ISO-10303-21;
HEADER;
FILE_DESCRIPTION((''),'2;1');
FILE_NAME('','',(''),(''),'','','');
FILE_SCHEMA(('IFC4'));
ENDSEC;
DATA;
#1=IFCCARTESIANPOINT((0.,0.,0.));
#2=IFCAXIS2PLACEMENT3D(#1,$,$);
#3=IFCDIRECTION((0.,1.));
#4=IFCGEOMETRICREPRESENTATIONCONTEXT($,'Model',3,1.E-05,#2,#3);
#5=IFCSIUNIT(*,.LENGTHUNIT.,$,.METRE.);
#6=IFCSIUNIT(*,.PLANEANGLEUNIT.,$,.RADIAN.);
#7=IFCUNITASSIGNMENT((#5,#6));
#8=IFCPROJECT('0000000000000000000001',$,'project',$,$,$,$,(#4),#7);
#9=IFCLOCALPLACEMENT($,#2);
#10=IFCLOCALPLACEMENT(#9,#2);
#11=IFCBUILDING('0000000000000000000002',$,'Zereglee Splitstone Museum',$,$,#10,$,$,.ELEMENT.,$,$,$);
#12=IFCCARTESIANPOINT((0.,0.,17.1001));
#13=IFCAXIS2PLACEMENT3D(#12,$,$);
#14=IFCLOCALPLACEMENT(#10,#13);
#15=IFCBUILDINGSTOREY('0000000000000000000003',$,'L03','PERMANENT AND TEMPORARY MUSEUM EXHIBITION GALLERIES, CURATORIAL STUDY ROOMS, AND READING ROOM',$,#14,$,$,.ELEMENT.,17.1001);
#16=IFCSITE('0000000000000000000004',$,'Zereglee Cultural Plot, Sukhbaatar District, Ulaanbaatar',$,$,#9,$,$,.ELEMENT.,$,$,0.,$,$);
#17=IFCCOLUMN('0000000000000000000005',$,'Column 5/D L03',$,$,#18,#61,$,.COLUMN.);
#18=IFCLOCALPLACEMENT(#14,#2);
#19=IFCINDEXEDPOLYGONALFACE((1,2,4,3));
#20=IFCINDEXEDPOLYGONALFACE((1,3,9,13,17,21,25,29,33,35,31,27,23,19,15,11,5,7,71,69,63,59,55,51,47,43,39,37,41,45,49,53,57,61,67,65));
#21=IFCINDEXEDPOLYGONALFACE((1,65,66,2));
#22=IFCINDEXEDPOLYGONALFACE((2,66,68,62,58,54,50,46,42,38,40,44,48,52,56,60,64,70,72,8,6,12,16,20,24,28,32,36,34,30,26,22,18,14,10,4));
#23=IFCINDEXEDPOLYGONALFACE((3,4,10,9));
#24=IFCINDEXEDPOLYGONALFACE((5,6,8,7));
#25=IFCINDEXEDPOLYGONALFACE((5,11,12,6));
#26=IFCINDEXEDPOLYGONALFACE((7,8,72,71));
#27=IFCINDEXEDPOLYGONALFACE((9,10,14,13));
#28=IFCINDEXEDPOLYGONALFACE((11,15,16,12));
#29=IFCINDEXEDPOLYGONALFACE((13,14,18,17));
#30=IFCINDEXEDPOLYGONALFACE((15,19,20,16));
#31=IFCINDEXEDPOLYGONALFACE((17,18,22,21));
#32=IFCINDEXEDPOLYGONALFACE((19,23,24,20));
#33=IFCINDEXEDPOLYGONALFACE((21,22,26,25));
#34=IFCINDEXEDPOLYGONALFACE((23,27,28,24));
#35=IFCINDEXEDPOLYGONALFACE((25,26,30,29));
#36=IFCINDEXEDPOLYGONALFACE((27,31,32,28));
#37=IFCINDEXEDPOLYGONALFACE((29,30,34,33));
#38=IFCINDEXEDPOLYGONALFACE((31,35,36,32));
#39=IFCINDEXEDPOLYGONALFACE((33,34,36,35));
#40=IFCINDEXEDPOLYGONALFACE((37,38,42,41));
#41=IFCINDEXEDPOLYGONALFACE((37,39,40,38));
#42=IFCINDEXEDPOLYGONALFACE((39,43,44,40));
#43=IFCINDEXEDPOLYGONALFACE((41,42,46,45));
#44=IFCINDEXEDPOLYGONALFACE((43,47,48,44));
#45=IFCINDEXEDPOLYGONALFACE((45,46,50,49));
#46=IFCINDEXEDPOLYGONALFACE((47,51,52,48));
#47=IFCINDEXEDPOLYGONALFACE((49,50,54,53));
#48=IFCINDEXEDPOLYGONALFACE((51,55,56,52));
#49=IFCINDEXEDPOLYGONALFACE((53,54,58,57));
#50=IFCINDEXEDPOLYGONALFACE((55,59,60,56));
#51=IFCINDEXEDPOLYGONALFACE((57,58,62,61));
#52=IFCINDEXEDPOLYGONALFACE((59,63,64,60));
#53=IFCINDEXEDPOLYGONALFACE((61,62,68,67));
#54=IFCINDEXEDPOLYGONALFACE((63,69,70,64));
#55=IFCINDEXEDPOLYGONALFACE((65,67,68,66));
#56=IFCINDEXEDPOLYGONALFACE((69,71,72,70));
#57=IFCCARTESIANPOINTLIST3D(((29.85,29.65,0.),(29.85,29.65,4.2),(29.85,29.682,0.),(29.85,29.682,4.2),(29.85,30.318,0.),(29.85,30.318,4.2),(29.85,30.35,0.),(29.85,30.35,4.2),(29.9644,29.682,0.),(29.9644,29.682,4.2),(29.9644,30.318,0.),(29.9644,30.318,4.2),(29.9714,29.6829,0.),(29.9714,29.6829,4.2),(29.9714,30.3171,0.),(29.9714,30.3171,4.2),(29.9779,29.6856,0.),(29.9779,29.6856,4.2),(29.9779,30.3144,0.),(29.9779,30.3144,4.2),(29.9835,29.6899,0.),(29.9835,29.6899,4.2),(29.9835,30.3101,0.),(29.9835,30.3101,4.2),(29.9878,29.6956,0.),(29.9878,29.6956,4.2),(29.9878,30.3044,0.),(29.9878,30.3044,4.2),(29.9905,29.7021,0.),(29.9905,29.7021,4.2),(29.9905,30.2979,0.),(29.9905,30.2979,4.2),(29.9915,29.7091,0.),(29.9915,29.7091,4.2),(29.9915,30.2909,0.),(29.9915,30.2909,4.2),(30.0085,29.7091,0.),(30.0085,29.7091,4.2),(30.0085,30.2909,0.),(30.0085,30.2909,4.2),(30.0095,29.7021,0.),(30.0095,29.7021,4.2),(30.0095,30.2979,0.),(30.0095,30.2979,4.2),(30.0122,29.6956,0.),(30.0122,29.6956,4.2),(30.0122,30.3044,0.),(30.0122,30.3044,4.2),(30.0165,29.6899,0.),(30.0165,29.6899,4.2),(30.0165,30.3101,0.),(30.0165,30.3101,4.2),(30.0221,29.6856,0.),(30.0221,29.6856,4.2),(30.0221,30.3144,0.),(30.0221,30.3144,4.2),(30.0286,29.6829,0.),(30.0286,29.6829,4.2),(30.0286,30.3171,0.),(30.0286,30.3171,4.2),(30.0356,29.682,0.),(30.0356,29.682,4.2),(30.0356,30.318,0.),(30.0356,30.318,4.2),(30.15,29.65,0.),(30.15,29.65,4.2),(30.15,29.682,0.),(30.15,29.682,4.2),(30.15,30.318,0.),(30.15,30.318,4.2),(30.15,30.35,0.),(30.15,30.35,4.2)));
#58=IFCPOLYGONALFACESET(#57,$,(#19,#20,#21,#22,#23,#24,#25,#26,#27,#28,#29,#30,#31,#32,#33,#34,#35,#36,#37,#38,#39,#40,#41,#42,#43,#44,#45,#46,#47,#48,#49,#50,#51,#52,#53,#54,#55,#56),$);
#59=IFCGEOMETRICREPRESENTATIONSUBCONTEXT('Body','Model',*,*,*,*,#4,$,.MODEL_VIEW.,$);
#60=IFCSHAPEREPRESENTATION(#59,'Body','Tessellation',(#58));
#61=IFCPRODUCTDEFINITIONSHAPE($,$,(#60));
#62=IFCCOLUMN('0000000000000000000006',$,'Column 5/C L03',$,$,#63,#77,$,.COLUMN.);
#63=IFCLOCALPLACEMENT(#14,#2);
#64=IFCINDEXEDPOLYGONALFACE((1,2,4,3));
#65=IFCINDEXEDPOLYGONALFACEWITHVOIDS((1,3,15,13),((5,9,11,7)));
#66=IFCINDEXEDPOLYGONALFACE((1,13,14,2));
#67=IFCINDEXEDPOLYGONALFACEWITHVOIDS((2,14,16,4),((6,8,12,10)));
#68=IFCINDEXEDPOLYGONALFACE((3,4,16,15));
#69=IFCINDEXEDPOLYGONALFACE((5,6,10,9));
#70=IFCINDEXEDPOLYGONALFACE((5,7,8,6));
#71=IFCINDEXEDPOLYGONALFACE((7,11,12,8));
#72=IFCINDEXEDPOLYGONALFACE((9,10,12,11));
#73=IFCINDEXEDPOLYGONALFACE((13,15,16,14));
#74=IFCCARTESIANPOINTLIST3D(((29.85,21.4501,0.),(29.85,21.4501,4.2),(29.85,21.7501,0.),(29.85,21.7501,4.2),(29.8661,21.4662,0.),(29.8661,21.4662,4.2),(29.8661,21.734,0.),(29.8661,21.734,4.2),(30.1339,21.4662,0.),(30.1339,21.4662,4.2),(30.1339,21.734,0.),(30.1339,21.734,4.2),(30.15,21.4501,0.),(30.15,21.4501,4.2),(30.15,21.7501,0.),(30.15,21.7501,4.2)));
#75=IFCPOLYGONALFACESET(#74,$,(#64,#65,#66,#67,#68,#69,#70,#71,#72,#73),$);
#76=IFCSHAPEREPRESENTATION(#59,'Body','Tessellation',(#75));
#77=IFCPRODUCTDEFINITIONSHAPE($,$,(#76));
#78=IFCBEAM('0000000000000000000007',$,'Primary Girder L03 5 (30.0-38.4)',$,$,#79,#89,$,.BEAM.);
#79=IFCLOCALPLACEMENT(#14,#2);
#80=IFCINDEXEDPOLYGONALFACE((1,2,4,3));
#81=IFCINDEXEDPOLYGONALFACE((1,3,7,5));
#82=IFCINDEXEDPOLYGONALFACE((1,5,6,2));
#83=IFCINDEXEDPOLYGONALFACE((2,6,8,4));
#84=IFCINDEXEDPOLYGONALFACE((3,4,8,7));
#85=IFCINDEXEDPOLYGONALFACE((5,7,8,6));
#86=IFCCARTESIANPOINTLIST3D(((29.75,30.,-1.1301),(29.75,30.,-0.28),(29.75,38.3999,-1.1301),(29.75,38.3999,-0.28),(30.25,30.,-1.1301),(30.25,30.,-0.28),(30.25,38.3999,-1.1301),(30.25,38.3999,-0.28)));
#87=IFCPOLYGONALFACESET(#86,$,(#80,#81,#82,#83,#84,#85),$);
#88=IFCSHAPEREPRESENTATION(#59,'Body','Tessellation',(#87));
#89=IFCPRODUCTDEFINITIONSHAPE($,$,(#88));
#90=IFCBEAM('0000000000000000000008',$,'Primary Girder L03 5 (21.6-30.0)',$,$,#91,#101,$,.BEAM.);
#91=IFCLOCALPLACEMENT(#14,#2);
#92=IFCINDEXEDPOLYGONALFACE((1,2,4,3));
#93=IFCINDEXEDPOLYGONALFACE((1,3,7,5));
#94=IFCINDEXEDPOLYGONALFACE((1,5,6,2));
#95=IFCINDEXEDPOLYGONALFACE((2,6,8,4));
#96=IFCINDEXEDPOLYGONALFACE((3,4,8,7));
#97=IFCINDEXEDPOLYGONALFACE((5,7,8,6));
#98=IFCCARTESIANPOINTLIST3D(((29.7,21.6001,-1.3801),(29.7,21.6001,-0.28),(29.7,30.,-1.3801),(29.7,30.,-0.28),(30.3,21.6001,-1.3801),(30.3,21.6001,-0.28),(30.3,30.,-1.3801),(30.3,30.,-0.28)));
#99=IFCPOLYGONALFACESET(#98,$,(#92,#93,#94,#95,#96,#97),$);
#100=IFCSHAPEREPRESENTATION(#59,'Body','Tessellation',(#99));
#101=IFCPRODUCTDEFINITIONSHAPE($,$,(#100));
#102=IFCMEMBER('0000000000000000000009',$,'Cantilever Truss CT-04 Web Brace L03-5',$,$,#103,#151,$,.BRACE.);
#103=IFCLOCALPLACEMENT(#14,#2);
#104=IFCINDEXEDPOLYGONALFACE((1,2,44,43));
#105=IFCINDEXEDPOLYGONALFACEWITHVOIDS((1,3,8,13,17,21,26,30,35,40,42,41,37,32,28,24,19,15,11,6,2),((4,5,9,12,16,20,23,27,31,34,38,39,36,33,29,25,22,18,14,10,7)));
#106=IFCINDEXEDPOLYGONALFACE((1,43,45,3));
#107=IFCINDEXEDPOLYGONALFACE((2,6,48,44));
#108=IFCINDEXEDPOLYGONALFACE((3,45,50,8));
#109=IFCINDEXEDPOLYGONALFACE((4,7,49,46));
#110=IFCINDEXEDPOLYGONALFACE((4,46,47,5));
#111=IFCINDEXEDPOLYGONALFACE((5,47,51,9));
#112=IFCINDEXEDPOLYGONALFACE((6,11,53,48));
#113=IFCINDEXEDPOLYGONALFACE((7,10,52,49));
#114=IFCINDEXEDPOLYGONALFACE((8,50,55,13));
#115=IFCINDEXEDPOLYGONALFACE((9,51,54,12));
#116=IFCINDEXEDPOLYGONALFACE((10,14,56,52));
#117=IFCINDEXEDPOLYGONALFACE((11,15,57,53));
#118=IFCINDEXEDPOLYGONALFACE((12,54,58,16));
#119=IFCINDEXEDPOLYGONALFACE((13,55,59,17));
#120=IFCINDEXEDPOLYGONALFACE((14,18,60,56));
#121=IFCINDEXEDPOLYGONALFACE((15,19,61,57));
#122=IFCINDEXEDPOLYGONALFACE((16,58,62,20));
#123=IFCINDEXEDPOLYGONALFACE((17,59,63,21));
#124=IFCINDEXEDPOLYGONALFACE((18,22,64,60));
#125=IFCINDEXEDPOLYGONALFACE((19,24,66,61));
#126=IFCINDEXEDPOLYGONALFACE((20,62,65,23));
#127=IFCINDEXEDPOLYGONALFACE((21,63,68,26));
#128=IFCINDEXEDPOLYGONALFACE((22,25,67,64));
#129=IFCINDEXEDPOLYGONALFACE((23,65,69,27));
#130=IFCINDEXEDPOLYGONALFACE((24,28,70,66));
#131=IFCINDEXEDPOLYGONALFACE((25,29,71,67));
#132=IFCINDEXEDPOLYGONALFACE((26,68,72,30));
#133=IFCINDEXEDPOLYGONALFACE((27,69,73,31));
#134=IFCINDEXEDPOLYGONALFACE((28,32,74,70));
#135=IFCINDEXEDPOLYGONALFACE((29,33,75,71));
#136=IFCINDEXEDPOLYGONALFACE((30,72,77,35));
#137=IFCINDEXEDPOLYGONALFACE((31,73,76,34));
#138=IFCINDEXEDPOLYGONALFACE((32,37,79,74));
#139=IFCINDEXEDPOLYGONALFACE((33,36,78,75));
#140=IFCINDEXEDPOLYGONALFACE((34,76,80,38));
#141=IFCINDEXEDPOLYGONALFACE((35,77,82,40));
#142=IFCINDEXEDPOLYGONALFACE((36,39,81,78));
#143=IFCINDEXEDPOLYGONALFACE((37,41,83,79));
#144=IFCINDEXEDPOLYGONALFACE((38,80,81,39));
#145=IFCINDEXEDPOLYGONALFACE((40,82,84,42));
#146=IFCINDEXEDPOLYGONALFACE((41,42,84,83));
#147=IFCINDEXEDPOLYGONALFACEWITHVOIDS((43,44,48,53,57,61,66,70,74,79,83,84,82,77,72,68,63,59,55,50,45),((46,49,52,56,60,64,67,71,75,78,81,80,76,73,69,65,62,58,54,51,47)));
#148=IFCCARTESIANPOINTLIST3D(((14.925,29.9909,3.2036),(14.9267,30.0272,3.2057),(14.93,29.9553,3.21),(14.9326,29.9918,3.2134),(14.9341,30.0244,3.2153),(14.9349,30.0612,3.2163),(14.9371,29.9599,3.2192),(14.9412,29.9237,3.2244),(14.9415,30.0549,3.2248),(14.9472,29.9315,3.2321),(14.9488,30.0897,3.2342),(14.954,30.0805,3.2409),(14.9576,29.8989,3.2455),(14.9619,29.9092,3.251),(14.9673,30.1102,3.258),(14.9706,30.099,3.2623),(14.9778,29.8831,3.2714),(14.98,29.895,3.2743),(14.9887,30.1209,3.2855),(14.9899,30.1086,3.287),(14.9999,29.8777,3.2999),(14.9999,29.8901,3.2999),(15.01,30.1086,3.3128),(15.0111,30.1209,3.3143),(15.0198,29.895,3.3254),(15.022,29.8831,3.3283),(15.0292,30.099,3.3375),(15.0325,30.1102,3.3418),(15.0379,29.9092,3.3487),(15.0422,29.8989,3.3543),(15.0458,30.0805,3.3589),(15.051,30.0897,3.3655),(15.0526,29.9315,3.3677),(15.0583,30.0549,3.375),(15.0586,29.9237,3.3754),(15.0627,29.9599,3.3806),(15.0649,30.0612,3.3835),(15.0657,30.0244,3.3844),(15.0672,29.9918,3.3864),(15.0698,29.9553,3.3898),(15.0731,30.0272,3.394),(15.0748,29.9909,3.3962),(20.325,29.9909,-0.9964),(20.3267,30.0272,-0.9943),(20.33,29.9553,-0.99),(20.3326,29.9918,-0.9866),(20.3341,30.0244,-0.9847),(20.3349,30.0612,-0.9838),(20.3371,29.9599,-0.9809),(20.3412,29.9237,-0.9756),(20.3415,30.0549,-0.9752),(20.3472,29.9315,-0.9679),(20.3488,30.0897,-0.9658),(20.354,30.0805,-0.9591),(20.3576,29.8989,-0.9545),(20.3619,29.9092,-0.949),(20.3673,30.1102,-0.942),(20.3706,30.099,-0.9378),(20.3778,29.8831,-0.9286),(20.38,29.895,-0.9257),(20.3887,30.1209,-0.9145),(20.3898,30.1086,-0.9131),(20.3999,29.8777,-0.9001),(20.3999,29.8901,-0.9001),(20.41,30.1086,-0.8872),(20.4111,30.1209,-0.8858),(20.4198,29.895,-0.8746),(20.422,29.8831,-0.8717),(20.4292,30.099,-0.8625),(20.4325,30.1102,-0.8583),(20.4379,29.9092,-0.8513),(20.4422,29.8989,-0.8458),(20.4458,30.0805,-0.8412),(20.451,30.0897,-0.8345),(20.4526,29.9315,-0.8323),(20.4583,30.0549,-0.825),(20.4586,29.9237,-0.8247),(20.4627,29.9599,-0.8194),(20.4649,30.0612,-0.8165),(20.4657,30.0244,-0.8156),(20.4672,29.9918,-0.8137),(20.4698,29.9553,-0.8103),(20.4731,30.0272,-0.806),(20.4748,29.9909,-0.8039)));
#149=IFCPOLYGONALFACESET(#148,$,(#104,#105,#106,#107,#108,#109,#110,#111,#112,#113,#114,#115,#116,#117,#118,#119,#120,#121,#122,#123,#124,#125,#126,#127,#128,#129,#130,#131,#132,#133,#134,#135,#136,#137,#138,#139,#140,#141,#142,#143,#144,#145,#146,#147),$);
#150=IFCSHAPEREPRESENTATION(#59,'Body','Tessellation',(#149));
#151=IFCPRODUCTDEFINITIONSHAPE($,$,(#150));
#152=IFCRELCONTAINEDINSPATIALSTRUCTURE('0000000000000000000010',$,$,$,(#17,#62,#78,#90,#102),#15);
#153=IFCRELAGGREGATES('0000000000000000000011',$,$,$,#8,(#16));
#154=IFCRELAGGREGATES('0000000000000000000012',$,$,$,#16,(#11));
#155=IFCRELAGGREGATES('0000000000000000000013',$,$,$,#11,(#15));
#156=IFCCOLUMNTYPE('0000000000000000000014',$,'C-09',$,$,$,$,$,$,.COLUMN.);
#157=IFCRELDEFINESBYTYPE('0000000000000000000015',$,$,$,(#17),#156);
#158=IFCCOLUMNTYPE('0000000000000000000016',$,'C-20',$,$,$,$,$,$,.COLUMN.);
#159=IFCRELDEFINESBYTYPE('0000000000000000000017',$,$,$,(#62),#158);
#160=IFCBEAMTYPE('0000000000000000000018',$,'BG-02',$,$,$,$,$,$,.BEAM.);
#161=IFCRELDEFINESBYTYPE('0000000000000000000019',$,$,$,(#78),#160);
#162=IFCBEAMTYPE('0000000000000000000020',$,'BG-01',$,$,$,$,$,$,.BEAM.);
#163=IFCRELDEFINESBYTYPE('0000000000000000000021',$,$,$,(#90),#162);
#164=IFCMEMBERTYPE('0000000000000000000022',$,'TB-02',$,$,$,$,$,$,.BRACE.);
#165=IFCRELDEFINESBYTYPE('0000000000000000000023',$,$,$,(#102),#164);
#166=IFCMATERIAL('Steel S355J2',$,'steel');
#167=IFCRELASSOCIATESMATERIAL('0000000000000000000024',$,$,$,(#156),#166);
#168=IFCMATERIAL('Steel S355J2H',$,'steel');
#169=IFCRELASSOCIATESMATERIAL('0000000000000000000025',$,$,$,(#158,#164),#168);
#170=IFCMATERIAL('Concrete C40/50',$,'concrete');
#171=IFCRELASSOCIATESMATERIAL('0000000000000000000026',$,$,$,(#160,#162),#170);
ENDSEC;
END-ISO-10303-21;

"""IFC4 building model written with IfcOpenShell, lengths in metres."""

from ifc_helpers import new_model, si_unit, direction, frame, origin, origin_2d, place, context, subcontext, project, spatial, rectangle, hollow_rectangle, hollow_circle, i_section, extrude, material, material_profile, profile_set, type_object, element, save


model = new_model("IFC4")

# Units and contexts
model_context = context("Model", 3, precision=1e-05, world=origin(), true_north=direction((0.0, 1.0)))
body_context = subcontext(model_context, "Body", "Model", "MODEL_VIEW")
ifc_project = project(units=[si_unit("LENGTHUNIT", "METRE"), si_unit("PLANEANGLEUNIT", "RADIAN")], contexts=[model_context])

# Site, building, storey
site_placement = place(None, origin())
site = spatial("IfcSite", under=ifc_project, at=site_placement, Name="Zereglee Cultural Plot, Sukhbaatar District, Ulaanbaatar", CompositionType="ELEMENT", RefElevation=0.0)
building_placement = place(site_placement, origin())
building = spatial("IfcBuilding", under=site, at=building_placement, Name="Zereglee Splitstone Museum", CompositionType="ELEMENT")
storey_placement = place(building_placement, frame((0.0, 0.0, 17.1001)))
storey = spatial("IfcBuildingStorey", under=building, at=storey_placement, Name="L03", Description="PERMANENT AND TEMPORARY MUSEUM EXHIBITION GALLERIES, CURATORIAL STUDY ROOMS, AND READING ROOM", CompositionType="ELEMENT", Elevation=17.1001)

# Columns
ifc_material_1 = material(Name="Steel S355J2", Category="steel")
ifc_material_profile_1 = material_profile(ifc_material_1, i_section(OverallWidth=0.3, OverallDepth=0.7, WebThickness=0.0171, FlangeThickness=0.032, FilletRadius=0.0271, at=origin_2d()), Name="HE 700 B")
ifc_profile_set_1 = profile_set([ifc_material_profile_1], Name="Steel S355J2")
column_type_1 = type_object("IfcColumnType", Name="C-09", PredefinedType="COLUMN", material=ifc_profile_set_1)
column_1_placement = place(storey_placement, frame((30.0, 30.0, 0.0), z_axis=(0.0, 0.0, 1.0), x_axis=(1.0, 0.0, 0.0)))
element("IfcColumn", 1, at=column_1_placement, inside=storey, type_object=column_type_1, Name="Column 5/D L03", PredefinedType="COLUMN", context=body_context, shape_type="SweptSolid", body=[
    extrude(i_section(OverallWidth=0.3, OverallDepth=0.7, WebThickness=0.0171, FlangeThickness=0.032, FilletRadius=0.0271, at=origin_2d()), origin(), (0.0, 0.0, 1.0), 4.2),
])
ifc_material_2 = material(Name="Steel S355J2H", Category="steel")
ifc_material_profile_2 = material_profile(ifc_material_2, hollow_rectangle(XDim=0.3, YDim=0.3, WallThickness=0.0161, at=origin_2d()), Name="SHS 300x300x16")
ifc_profile_set_2 = profile_set([ifc_material_profile_2], Name="Steel S355J2H")
column_type_2 = type_object("IfcColumnType", Name="C-20", PredefinedType="COLUMN", material=ifc_profile_set_2)
column_2_placement = place(storey_placement, frame((30.0, 21.6001, 0.0), z_axis=(0.0, 0.0, 1.0), x_axis=(1.0, 0.0, 0.0)))
element("IfcColumn", 2, at=column_2_placement, inside=storey, type_object=column_type_2, Name="Column 5/C L03", PredefinedType="COLUMN", context=body_context, shape_type="SweptSolid", body=[
    extrude(hollow_rectangle(XDim=0.3, YDim=0.3, WallThickness=0.0161, at=origin_2d()), origin(), (0.0, 0.0, 1.0), 4.2),
])

# Beams
ifc_material_3 = material(Name="Concrete C40/50", Category="concrete")
ifc_material_profile_3 = material_profile(ifc_material_3, rectangle(XDim=0.5, YDim=0.8501, at=origin_2d()), Name="RC 500x850")
ifc_profile_set_3 = profile_set([ifc_material_profile_3], Name="Concrete C40/50")
beam_type_1 = type_object("IfcBeamType", Name="BG-02", PredefinedType="BEAM", material=ifc_profile_set_3)
beam_1_placement = place(storey_placement, frame((30.0, 30.0, -0.7051), z_axis=(0.0, 1.0, 0.0), x_axis=(-1.0, 0.0, 0.0)))
element("IfcBeam", 3, at=beam_1_placement, inside=storey, type_object=beam_type_1, Name="Primary Girder L03 5 (30.0-38.4)", PredefinedType="BEAM", context=body_context, shape_type="SweptSolid", body=[
    extrude(rectangle(XDim=0.5, YDim=0.8501, at=origin_2d()), origin(), (0.0, 0.0, 1.0), 8.3999),
])
ifc_material_profile_4 = material_profile(ifc_material_3, rectangle(XDim=0.6001, YDim=1.1001, at=origin_2d()), Name="RC 600x1100")
ifc_profile_set_4 = profile_set([ifc_material_profile_4], Name="Concrete C40/50")
beam_type_2 = type_object("IfcBeamType", Name="BG-01", PredefinedType="BEAM", material=ifc_profile_set_4)
beam_2_placement = place(storey_placement, frame((30.0, 21.6001, -0.8301), z_axis=(0.0, 1.0, 0.0), x_axis=(-1.0, 0.0, 0.0)))
element("IfcBeam", 4, at=beam_2_placement, inside=storey, type_object=beam_type_2, Name="Primary Girder L03 5 (21.6-30.0)", PredefinedType="BEAM", context=body_context, shape_type="SweptSolid", body=[
    extrude(rectangle(XDim=0.6001, YDim=1.1001, at=origin_2d()), origin(), (0.0, 0.0, 1.0), 8.3999),
])

# Member
ifc_material_profile_5 = material_profile(ifc_material_2, hollow_circle(Radius=0.1223, WallThickness=0.0125, at=origin_2d()), Name="CHS 244.5x12.5")
ifc_profile_set_5 = profile_set([ifc_material_profile_5], Name="Steel S355J2H")
member_type = type_object("IfcMemberType", Name="TB-02", PredefinedType="BRACE", material=ifc_profile_set_5)
member_placement = place(storey_placement, frame((20.3999, 30.0, -0.9001), z_axis=(-0.78935, 0.0, 0.613943), x_axis=(0.0, -1.0, 0.0)))
element("IfcMember", 5, at=member_placement, inside=storey, type_object=member_type, Name="Cantilever Truss CT-04 Web Brace L03-5", PredefinedType="BRACE", context=body_context, shape_type="SweptSolid", body=[
    extrude(hollow_circle(Radius=0.1223, WallThickness=0.0125, at=origin_2d()), origin(), (0.0, 0.0, 1.0), 6.8411),
])

save(model, "model.ifc")
